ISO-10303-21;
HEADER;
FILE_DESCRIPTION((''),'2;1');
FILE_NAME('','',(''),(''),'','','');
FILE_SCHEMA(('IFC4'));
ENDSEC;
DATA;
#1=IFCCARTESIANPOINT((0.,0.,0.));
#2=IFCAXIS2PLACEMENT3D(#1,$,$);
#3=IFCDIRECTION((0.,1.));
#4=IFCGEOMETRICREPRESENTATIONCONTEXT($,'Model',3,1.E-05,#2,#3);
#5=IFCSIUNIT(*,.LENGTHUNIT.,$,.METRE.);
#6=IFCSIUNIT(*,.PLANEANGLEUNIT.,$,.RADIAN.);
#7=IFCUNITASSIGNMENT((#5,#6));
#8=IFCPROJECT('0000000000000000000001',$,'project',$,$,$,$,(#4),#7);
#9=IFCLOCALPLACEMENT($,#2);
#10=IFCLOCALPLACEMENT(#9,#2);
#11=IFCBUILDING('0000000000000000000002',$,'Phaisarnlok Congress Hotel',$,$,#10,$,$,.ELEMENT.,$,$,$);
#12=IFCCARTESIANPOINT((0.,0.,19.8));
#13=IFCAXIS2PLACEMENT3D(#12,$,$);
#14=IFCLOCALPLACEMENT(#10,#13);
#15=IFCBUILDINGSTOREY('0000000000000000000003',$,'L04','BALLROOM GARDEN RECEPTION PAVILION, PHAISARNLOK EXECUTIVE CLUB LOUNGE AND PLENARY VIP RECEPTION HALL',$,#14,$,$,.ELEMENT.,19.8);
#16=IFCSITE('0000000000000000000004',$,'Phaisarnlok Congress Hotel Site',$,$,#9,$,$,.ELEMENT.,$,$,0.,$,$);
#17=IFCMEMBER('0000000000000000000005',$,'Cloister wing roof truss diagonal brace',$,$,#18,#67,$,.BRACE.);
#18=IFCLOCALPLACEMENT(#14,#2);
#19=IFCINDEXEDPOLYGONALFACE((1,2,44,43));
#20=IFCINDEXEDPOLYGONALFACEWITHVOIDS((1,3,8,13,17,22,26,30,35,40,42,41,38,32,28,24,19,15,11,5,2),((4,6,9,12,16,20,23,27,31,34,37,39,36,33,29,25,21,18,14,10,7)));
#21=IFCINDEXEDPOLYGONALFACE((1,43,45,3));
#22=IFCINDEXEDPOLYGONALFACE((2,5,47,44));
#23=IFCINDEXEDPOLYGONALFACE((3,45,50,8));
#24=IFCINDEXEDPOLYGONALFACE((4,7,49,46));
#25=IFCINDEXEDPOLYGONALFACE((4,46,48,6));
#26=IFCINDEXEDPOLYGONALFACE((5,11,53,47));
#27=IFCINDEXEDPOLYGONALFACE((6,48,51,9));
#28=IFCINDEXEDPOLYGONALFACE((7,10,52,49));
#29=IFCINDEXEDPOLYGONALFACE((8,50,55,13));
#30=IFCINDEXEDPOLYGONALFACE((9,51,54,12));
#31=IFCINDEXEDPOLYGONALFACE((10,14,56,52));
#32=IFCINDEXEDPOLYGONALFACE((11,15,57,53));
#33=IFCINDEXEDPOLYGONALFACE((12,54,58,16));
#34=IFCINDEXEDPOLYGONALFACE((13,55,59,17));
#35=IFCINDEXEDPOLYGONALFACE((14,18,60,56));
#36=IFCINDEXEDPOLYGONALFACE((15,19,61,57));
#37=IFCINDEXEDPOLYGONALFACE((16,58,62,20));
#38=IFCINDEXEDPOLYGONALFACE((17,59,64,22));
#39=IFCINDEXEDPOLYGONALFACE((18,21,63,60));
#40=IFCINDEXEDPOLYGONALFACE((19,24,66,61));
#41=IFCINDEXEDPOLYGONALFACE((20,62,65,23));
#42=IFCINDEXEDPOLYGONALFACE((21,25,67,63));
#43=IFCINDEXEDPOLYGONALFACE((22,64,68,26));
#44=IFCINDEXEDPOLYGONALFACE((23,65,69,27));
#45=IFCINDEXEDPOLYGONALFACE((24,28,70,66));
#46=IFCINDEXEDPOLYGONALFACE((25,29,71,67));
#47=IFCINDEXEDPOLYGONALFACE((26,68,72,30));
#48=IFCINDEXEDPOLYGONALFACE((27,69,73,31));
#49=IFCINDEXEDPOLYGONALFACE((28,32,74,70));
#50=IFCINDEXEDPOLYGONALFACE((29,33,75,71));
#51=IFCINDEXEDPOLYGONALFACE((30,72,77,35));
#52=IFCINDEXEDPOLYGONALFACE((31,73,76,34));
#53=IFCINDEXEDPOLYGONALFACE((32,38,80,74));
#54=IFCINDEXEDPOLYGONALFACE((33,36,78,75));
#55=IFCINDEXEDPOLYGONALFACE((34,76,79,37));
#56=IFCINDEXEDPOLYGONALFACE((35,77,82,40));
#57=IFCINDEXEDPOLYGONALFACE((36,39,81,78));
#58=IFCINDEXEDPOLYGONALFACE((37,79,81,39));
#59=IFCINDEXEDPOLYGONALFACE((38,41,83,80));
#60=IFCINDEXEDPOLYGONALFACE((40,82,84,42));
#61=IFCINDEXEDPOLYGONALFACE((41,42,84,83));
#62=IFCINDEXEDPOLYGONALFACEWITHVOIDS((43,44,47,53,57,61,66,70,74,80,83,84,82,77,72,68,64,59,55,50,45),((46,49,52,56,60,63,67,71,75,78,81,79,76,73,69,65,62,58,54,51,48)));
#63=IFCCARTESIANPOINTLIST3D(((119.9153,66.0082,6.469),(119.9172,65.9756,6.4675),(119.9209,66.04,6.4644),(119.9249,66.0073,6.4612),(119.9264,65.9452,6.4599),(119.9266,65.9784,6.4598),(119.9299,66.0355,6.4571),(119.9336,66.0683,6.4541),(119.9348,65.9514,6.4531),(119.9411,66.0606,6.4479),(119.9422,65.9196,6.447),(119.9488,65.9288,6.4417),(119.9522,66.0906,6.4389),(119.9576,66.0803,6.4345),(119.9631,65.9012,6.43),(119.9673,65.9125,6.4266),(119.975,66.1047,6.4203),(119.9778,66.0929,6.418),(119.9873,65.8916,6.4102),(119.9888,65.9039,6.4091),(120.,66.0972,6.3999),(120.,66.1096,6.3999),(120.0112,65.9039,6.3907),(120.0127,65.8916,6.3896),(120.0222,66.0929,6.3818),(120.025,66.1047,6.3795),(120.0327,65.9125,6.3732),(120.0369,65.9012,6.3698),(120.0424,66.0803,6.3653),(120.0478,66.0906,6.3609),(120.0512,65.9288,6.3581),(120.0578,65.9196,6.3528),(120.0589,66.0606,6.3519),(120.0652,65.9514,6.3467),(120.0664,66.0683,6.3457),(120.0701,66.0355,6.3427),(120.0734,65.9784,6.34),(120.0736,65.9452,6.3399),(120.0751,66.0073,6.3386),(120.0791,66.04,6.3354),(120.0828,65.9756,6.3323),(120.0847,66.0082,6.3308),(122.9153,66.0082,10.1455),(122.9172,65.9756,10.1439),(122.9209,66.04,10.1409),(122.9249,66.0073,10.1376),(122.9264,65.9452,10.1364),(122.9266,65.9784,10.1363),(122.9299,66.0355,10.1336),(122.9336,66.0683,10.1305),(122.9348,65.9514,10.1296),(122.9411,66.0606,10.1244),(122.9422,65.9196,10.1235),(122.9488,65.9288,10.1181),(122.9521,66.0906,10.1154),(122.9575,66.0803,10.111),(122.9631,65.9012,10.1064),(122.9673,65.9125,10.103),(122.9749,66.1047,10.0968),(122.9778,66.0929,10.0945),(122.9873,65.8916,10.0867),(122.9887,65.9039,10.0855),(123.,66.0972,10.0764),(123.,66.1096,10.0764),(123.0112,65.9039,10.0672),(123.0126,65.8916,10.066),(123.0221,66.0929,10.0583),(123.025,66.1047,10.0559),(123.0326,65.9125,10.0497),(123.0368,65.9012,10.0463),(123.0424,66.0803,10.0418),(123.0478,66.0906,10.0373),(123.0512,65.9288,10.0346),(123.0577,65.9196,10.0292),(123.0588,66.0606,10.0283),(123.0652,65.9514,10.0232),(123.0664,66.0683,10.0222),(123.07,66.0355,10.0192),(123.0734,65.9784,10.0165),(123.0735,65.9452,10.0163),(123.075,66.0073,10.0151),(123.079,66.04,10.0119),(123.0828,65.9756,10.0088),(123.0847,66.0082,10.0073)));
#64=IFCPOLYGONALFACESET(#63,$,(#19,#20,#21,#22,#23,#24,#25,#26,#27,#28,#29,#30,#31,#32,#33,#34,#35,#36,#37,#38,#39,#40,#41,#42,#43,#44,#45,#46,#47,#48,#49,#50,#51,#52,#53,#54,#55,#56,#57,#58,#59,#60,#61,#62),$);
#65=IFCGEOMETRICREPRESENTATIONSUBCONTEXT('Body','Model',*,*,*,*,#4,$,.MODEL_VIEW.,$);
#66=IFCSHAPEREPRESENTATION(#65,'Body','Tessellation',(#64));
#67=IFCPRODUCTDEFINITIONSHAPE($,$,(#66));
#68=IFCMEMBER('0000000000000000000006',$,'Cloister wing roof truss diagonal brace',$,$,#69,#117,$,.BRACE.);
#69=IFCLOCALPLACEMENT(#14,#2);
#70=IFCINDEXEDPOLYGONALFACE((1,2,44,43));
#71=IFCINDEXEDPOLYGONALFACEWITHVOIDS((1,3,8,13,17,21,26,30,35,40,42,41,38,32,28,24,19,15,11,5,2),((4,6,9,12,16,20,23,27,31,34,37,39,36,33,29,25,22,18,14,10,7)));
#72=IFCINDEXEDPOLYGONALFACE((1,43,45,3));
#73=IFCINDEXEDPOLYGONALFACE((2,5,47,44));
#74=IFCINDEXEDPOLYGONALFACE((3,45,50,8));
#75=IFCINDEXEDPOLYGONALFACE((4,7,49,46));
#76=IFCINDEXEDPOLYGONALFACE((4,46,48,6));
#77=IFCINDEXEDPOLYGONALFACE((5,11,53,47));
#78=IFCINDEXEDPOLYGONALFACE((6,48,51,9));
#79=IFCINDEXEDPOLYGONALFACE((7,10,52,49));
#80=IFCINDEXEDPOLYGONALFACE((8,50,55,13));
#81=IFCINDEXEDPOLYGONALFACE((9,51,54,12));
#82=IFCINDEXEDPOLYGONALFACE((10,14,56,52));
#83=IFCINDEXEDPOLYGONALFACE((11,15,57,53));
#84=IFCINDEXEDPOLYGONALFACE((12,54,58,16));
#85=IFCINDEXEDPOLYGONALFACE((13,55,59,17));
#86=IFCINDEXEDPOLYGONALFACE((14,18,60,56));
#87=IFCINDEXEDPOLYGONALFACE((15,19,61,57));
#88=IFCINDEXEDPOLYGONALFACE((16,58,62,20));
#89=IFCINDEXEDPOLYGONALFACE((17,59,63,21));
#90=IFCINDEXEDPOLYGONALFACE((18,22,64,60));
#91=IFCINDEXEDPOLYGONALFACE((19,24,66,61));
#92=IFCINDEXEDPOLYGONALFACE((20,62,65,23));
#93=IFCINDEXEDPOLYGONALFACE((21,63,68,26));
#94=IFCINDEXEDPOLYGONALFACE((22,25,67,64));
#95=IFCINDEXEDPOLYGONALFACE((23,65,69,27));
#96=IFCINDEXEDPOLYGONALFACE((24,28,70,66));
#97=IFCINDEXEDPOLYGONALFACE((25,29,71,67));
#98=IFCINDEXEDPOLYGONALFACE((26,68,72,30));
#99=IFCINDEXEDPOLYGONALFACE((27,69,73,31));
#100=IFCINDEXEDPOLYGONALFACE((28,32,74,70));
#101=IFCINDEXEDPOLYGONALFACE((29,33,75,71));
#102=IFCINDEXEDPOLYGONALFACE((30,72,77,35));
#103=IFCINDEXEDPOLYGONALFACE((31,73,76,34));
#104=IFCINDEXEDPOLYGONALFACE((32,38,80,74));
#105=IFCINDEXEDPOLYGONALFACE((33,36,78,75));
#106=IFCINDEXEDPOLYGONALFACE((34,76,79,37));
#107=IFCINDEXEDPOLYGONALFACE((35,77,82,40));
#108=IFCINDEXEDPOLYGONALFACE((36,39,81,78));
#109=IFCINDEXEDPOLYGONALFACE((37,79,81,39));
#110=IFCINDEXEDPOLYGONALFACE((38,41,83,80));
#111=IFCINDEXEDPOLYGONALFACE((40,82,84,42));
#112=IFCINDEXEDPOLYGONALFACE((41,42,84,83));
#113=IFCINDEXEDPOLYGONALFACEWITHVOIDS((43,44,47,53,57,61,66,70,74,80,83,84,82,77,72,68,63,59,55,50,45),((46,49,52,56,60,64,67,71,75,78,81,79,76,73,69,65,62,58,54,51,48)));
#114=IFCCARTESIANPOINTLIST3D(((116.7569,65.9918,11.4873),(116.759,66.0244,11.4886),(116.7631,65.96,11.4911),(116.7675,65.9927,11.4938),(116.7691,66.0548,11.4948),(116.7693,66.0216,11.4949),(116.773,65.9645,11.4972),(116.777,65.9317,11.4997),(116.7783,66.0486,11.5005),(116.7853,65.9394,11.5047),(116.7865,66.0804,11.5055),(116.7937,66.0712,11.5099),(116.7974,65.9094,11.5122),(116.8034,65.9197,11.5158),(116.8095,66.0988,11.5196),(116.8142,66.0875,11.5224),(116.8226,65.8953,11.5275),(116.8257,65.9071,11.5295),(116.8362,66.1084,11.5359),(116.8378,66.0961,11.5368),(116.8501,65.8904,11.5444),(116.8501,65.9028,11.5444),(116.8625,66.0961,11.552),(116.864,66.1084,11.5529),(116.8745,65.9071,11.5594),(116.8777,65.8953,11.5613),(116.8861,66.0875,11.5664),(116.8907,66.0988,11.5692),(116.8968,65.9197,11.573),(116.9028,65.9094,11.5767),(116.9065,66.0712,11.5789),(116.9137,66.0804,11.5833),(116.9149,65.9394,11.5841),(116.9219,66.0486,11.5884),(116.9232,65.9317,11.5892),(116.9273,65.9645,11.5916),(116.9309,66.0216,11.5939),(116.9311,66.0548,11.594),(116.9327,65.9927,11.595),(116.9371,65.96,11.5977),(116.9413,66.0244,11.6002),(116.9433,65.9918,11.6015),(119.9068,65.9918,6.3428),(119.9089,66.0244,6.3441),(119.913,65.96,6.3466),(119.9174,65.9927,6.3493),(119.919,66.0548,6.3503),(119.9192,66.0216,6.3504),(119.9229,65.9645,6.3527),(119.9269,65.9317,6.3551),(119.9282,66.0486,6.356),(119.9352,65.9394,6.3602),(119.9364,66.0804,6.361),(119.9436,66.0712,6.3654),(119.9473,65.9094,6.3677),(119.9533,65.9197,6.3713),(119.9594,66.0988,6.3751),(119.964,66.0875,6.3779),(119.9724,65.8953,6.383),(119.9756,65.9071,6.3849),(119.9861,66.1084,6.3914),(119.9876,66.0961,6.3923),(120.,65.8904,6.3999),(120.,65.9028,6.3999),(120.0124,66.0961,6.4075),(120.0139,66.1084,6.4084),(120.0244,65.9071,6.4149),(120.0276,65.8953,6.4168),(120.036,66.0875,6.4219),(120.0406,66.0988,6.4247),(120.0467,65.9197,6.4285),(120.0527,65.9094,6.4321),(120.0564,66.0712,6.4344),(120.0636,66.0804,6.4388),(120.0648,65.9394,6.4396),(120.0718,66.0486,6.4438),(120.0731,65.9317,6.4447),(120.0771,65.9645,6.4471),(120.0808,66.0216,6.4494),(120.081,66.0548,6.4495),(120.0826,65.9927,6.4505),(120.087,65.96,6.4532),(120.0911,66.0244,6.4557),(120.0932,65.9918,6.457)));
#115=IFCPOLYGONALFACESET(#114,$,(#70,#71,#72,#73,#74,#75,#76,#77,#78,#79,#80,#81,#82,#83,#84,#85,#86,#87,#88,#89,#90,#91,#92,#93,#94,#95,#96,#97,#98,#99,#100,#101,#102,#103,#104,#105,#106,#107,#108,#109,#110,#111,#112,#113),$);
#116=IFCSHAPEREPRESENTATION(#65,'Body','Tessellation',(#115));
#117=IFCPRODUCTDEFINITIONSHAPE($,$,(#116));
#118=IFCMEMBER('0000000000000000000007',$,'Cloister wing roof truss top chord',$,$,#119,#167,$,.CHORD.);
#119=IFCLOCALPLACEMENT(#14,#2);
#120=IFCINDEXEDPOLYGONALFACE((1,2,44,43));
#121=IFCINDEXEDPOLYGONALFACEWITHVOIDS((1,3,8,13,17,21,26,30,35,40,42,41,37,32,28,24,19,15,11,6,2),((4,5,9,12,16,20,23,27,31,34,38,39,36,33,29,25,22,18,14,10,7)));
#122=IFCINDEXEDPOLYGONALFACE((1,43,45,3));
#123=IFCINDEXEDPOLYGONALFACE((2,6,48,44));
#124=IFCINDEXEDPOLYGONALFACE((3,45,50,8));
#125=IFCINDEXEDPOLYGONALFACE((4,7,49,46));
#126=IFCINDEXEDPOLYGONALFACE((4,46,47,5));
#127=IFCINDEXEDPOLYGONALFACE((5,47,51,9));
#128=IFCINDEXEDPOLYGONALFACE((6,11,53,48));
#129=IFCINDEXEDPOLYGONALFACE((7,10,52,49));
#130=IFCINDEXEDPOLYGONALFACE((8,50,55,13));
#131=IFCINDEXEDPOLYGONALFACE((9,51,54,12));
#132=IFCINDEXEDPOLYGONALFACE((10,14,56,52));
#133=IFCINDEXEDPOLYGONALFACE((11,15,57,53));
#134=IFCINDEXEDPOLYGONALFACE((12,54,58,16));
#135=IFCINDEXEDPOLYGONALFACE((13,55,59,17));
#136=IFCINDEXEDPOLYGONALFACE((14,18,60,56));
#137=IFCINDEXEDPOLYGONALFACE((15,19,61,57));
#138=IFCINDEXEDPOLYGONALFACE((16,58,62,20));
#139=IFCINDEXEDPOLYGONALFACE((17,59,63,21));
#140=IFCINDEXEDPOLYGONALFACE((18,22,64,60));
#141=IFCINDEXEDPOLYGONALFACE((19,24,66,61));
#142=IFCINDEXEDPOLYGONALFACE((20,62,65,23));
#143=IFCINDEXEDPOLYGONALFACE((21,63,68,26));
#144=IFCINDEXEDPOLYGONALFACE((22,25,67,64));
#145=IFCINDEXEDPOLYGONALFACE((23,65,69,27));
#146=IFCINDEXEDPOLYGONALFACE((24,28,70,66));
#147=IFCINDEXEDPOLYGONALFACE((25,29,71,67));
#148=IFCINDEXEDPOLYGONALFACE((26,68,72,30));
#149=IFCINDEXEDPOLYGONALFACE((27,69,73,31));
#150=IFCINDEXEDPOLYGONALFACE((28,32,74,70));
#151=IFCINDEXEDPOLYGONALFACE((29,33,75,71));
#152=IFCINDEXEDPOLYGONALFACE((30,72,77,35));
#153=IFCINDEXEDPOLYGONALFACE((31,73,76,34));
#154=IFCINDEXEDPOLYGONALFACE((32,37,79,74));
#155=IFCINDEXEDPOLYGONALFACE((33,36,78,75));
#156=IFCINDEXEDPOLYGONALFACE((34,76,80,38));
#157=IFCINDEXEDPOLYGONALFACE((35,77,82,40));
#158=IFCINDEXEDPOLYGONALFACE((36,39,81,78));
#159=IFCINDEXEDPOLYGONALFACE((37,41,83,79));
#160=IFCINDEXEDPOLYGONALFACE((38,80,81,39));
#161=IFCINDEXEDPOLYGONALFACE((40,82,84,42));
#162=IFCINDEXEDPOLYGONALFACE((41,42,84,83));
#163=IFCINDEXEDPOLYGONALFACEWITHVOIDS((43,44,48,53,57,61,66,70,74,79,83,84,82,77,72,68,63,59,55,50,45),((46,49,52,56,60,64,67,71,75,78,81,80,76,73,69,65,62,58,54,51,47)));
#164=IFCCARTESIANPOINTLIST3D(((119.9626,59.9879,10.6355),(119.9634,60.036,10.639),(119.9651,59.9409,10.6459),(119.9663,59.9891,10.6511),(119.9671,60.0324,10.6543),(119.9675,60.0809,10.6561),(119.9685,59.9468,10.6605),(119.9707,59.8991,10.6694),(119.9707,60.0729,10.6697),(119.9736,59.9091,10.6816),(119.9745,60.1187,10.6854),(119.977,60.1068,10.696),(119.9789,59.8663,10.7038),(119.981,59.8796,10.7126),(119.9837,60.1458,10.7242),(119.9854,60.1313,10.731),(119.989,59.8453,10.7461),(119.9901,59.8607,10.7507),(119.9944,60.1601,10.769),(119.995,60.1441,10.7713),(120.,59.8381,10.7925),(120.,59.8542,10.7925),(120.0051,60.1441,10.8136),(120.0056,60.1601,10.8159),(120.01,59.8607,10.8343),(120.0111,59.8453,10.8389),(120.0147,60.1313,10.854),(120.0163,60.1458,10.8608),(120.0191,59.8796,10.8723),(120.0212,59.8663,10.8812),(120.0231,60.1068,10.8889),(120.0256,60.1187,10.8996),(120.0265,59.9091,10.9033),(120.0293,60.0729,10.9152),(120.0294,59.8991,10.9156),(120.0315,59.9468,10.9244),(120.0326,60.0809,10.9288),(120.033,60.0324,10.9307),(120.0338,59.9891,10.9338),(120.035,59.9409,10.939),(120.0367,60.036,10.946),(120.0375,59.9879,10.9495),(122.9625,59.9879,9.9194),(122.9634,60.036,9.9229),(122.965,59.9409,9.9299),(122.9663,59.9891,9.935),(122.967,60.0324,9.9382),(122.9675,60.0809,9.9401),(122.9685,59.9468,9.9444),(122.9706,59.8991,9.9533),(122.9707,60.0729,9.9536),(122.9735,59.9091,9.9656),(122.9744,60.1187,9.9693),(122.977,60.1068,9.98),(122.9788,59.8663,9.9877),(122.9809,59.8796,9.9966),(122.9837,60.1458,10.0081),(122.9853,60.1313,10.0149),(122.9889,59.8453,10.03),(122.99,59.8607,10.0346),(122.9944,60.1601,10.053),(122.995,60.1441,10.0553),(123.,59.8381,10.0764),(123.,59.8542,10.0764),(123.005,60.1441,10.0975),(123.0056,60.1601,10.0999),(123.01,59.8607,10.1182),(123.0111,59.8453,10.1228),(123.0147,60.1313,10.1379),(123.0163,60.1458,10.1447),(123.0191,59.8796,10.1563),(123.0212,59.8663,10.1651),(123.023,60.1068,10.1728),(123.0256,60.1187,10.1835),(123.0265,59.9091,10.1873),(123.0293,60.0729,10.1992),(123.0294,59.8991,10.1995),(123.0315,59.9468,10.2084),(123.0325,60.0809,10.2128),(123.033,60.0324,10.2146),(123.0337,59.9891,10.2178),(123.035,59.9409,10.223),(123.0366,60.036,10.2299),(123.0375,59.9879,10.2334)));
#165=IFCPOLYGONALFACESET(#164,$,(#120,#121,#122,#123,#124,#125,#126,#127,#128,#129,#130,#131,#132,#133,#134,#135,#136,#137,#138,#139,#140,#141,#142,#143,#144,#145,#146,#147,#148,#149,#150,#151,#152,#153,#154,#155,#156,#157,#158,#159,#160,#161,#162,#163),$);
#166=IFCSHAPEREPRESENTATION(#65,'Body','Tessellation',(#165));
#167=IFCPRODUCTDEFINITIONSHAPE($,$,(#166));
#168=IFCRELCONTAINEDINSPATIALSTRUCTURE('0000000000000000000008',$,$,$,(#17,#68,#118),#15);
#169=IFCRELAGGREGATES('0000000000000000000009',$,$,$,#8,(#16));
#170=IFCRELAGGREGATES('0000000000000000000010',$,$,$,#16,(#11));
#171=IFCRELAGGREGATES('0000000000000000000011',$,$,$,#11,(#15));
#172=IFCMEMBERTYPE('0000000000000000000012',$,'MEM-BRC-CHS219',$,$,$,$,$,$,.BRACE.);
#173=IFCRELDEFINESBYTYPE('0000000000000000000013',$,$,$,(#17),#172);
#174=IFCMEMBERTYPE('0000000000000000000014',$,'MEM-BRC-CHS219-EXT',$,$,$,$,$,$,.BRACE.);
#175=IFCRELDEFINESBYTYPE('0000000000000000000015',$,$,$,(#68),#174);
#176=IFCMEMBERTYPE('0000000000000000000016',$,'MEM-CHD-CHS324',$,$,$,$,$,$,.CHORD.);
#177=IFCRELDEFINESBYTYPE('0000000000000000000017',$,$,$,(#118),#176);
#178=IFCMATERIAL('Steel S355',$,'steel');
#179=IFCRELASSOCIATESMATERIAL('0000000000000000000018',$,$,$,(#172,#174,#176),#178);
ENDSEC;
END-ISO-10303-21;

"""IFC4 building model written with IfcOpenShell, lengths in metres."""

from ifc_helpers import new_model, si_unit, direction, frame, origin, origin_2d, place, context, subcontext, project, spatial, hollow_circle, extrude, material, material_profile, profile_set, type_object, element, save


model = new_model("IFC4")

# Units and contexts
model_context = context("Model", 3, precision=1e-05, world=origin(), true_north=direction((0.0, 1.0)))
body_context = subcontext(model_context, "Body", "Model", "MODEL_VIEW")
ifc_project = project(units=[si_unit("LENGTHUNIT", "METRE"), si_unit("PLANEANGLEUNIT", "RADIAN")], contexts=[model_context])

# Site, building, storey
site_placement = place(None, origin())
site = spatial("IfcSite", under=ifc_project, at=site_placement, Name="Phaisarnlok Congress Hotel Site", CompositionType="ELEMENT", RefElevation=0.0)
building_placement = place(site_placement, origin())
building = spatial("IfcBuilding", under=site, at=building_placement, Name="Phaisarnlok Congress Hotel", CompositionType="ELEMENT")
storey_placement = place(building_placement, frame((0.0, 0.0, 19.8)))
storey = spatial("IfcBuildingStorey", under=building, at=storey_placement, Name="L04", Description="BALLROOM GARDEN RECEPTION PAVILION, PHAISARNLOK EXECUTIVE CLUB LOUNGE AND PLENARY VIP RECEPTION HALL", CompositionType="ELEMENT", Elevation=19.8)

# Shared definitions
ifc_material_1 = material(Name="Steel S355", Category="steel")

# Members
ifc_material_profile_1 = material_profile(ifc_material_1, hollow_circle(Radius=0.1096, WallThickness=0.0125, at=origin_2d()), Name="CHS 219.1x12.5")
ifc_profile_set_1 = profile_set([ifc_material_profile_1], Name="Steel S355")
member_type_1 = type_object("IfcMemberType", Name="MEM-BRC-CHS219", PredefinedType="BRACE", material=ifc_profile_set_1)
member_1_placement = place(storey_placement, frame((120.0, 66.0, 6.3999), z_axis=(0.63222, 0.0, 0.774789), x_axis=(0.0, 1.0, 0.0)))
element("IfcMember", 1, at=member_1_placement, inside=storey, type_object=member_type_1, Name="Cloister wing roof truss diagonal brace", PredefinedType="BRACE", context=body_context, shape_type="SweptSolid", body=[
    extrude(hollow_circle(Radius=0.1096, WallThickness=0.0125, at=origin_2d()), origin(), (0.0, 0.0, 1.0), 4.7451),
])
ifc_material_profile_2 = material_profile(ifc_material_1, hollow_circle(Radius=0.1096, WallThickness=0.0125, at=origin_2d()), Name="CHS 219.1x12.5")
ifc_profile_set_2 = profile_set([ifc_material_profile_2], Name="Steel S355")
member_type_2 = type_object("IfcMemberType", Name="MEM-BRC-CHS219-EXT", PredefinedType="BRACE", material=ifc_profile_set_2)
member_2_placement = place(storey_placement, frame((120.0, 66.0, 6.3999), z_axis=(-0.522177, 0.0, 0.852837), x_axis=(0.0, -1.0, 0.0)))
element("IfcMember", 2, at=member_2_placement, inside=storey, type_object=member_type_2, Name="Cloister wing roof truss diagonal brace", PredefinedType="BRACE", context=body_context, shape_type="SweptSolid", body=[
    extrude(hollow_circle(Radius=0.1096, WallThickness=0.0125, at=origin_2d()), origin(), (0.0, 0.0, 1.0), 6.0322),
])
ifc_material_profile_3 = material_profile(ifc_material_1, hollow_circle(Radius=0.1619, WallThickness=0.0161, at=origin_2d()), Name="CHS 323.9x16")
ifc_profile_set_3 = profile_set([ifc_material_profile_3], Name="Steel S355")
member_type_3 = type_object("IfcMemberType", Name="MEM-CHD-CHS324", PredefinedType="CHORD", material=ifc_profile_set_3)
for number, where, z_axis, x_axis, name in (
    (3, (123.0, 60.0, 10.0764), (-0.972676, 0.0, 0.232166), (0.0, -1.0, 0.0), "Cloister wing roof truss top chord"),
):
    element("IfcMember", number, at=place(storey_placement, frame(where, z_axis=z_axis, x_axis=x_axis)), inside=storey, type_object=member_type_3, Name=name, PredefinedType="CHORD", context=body_context, shape_type="SweptSolid", body=[
        extrude(hollow_circle(Radius=0.1619, WallThickness=0.0161, at=origin_2d()), origin(), (0.0, 0.0, 1.0), 3.0842),
    ])

save(model, "model.ifc")
